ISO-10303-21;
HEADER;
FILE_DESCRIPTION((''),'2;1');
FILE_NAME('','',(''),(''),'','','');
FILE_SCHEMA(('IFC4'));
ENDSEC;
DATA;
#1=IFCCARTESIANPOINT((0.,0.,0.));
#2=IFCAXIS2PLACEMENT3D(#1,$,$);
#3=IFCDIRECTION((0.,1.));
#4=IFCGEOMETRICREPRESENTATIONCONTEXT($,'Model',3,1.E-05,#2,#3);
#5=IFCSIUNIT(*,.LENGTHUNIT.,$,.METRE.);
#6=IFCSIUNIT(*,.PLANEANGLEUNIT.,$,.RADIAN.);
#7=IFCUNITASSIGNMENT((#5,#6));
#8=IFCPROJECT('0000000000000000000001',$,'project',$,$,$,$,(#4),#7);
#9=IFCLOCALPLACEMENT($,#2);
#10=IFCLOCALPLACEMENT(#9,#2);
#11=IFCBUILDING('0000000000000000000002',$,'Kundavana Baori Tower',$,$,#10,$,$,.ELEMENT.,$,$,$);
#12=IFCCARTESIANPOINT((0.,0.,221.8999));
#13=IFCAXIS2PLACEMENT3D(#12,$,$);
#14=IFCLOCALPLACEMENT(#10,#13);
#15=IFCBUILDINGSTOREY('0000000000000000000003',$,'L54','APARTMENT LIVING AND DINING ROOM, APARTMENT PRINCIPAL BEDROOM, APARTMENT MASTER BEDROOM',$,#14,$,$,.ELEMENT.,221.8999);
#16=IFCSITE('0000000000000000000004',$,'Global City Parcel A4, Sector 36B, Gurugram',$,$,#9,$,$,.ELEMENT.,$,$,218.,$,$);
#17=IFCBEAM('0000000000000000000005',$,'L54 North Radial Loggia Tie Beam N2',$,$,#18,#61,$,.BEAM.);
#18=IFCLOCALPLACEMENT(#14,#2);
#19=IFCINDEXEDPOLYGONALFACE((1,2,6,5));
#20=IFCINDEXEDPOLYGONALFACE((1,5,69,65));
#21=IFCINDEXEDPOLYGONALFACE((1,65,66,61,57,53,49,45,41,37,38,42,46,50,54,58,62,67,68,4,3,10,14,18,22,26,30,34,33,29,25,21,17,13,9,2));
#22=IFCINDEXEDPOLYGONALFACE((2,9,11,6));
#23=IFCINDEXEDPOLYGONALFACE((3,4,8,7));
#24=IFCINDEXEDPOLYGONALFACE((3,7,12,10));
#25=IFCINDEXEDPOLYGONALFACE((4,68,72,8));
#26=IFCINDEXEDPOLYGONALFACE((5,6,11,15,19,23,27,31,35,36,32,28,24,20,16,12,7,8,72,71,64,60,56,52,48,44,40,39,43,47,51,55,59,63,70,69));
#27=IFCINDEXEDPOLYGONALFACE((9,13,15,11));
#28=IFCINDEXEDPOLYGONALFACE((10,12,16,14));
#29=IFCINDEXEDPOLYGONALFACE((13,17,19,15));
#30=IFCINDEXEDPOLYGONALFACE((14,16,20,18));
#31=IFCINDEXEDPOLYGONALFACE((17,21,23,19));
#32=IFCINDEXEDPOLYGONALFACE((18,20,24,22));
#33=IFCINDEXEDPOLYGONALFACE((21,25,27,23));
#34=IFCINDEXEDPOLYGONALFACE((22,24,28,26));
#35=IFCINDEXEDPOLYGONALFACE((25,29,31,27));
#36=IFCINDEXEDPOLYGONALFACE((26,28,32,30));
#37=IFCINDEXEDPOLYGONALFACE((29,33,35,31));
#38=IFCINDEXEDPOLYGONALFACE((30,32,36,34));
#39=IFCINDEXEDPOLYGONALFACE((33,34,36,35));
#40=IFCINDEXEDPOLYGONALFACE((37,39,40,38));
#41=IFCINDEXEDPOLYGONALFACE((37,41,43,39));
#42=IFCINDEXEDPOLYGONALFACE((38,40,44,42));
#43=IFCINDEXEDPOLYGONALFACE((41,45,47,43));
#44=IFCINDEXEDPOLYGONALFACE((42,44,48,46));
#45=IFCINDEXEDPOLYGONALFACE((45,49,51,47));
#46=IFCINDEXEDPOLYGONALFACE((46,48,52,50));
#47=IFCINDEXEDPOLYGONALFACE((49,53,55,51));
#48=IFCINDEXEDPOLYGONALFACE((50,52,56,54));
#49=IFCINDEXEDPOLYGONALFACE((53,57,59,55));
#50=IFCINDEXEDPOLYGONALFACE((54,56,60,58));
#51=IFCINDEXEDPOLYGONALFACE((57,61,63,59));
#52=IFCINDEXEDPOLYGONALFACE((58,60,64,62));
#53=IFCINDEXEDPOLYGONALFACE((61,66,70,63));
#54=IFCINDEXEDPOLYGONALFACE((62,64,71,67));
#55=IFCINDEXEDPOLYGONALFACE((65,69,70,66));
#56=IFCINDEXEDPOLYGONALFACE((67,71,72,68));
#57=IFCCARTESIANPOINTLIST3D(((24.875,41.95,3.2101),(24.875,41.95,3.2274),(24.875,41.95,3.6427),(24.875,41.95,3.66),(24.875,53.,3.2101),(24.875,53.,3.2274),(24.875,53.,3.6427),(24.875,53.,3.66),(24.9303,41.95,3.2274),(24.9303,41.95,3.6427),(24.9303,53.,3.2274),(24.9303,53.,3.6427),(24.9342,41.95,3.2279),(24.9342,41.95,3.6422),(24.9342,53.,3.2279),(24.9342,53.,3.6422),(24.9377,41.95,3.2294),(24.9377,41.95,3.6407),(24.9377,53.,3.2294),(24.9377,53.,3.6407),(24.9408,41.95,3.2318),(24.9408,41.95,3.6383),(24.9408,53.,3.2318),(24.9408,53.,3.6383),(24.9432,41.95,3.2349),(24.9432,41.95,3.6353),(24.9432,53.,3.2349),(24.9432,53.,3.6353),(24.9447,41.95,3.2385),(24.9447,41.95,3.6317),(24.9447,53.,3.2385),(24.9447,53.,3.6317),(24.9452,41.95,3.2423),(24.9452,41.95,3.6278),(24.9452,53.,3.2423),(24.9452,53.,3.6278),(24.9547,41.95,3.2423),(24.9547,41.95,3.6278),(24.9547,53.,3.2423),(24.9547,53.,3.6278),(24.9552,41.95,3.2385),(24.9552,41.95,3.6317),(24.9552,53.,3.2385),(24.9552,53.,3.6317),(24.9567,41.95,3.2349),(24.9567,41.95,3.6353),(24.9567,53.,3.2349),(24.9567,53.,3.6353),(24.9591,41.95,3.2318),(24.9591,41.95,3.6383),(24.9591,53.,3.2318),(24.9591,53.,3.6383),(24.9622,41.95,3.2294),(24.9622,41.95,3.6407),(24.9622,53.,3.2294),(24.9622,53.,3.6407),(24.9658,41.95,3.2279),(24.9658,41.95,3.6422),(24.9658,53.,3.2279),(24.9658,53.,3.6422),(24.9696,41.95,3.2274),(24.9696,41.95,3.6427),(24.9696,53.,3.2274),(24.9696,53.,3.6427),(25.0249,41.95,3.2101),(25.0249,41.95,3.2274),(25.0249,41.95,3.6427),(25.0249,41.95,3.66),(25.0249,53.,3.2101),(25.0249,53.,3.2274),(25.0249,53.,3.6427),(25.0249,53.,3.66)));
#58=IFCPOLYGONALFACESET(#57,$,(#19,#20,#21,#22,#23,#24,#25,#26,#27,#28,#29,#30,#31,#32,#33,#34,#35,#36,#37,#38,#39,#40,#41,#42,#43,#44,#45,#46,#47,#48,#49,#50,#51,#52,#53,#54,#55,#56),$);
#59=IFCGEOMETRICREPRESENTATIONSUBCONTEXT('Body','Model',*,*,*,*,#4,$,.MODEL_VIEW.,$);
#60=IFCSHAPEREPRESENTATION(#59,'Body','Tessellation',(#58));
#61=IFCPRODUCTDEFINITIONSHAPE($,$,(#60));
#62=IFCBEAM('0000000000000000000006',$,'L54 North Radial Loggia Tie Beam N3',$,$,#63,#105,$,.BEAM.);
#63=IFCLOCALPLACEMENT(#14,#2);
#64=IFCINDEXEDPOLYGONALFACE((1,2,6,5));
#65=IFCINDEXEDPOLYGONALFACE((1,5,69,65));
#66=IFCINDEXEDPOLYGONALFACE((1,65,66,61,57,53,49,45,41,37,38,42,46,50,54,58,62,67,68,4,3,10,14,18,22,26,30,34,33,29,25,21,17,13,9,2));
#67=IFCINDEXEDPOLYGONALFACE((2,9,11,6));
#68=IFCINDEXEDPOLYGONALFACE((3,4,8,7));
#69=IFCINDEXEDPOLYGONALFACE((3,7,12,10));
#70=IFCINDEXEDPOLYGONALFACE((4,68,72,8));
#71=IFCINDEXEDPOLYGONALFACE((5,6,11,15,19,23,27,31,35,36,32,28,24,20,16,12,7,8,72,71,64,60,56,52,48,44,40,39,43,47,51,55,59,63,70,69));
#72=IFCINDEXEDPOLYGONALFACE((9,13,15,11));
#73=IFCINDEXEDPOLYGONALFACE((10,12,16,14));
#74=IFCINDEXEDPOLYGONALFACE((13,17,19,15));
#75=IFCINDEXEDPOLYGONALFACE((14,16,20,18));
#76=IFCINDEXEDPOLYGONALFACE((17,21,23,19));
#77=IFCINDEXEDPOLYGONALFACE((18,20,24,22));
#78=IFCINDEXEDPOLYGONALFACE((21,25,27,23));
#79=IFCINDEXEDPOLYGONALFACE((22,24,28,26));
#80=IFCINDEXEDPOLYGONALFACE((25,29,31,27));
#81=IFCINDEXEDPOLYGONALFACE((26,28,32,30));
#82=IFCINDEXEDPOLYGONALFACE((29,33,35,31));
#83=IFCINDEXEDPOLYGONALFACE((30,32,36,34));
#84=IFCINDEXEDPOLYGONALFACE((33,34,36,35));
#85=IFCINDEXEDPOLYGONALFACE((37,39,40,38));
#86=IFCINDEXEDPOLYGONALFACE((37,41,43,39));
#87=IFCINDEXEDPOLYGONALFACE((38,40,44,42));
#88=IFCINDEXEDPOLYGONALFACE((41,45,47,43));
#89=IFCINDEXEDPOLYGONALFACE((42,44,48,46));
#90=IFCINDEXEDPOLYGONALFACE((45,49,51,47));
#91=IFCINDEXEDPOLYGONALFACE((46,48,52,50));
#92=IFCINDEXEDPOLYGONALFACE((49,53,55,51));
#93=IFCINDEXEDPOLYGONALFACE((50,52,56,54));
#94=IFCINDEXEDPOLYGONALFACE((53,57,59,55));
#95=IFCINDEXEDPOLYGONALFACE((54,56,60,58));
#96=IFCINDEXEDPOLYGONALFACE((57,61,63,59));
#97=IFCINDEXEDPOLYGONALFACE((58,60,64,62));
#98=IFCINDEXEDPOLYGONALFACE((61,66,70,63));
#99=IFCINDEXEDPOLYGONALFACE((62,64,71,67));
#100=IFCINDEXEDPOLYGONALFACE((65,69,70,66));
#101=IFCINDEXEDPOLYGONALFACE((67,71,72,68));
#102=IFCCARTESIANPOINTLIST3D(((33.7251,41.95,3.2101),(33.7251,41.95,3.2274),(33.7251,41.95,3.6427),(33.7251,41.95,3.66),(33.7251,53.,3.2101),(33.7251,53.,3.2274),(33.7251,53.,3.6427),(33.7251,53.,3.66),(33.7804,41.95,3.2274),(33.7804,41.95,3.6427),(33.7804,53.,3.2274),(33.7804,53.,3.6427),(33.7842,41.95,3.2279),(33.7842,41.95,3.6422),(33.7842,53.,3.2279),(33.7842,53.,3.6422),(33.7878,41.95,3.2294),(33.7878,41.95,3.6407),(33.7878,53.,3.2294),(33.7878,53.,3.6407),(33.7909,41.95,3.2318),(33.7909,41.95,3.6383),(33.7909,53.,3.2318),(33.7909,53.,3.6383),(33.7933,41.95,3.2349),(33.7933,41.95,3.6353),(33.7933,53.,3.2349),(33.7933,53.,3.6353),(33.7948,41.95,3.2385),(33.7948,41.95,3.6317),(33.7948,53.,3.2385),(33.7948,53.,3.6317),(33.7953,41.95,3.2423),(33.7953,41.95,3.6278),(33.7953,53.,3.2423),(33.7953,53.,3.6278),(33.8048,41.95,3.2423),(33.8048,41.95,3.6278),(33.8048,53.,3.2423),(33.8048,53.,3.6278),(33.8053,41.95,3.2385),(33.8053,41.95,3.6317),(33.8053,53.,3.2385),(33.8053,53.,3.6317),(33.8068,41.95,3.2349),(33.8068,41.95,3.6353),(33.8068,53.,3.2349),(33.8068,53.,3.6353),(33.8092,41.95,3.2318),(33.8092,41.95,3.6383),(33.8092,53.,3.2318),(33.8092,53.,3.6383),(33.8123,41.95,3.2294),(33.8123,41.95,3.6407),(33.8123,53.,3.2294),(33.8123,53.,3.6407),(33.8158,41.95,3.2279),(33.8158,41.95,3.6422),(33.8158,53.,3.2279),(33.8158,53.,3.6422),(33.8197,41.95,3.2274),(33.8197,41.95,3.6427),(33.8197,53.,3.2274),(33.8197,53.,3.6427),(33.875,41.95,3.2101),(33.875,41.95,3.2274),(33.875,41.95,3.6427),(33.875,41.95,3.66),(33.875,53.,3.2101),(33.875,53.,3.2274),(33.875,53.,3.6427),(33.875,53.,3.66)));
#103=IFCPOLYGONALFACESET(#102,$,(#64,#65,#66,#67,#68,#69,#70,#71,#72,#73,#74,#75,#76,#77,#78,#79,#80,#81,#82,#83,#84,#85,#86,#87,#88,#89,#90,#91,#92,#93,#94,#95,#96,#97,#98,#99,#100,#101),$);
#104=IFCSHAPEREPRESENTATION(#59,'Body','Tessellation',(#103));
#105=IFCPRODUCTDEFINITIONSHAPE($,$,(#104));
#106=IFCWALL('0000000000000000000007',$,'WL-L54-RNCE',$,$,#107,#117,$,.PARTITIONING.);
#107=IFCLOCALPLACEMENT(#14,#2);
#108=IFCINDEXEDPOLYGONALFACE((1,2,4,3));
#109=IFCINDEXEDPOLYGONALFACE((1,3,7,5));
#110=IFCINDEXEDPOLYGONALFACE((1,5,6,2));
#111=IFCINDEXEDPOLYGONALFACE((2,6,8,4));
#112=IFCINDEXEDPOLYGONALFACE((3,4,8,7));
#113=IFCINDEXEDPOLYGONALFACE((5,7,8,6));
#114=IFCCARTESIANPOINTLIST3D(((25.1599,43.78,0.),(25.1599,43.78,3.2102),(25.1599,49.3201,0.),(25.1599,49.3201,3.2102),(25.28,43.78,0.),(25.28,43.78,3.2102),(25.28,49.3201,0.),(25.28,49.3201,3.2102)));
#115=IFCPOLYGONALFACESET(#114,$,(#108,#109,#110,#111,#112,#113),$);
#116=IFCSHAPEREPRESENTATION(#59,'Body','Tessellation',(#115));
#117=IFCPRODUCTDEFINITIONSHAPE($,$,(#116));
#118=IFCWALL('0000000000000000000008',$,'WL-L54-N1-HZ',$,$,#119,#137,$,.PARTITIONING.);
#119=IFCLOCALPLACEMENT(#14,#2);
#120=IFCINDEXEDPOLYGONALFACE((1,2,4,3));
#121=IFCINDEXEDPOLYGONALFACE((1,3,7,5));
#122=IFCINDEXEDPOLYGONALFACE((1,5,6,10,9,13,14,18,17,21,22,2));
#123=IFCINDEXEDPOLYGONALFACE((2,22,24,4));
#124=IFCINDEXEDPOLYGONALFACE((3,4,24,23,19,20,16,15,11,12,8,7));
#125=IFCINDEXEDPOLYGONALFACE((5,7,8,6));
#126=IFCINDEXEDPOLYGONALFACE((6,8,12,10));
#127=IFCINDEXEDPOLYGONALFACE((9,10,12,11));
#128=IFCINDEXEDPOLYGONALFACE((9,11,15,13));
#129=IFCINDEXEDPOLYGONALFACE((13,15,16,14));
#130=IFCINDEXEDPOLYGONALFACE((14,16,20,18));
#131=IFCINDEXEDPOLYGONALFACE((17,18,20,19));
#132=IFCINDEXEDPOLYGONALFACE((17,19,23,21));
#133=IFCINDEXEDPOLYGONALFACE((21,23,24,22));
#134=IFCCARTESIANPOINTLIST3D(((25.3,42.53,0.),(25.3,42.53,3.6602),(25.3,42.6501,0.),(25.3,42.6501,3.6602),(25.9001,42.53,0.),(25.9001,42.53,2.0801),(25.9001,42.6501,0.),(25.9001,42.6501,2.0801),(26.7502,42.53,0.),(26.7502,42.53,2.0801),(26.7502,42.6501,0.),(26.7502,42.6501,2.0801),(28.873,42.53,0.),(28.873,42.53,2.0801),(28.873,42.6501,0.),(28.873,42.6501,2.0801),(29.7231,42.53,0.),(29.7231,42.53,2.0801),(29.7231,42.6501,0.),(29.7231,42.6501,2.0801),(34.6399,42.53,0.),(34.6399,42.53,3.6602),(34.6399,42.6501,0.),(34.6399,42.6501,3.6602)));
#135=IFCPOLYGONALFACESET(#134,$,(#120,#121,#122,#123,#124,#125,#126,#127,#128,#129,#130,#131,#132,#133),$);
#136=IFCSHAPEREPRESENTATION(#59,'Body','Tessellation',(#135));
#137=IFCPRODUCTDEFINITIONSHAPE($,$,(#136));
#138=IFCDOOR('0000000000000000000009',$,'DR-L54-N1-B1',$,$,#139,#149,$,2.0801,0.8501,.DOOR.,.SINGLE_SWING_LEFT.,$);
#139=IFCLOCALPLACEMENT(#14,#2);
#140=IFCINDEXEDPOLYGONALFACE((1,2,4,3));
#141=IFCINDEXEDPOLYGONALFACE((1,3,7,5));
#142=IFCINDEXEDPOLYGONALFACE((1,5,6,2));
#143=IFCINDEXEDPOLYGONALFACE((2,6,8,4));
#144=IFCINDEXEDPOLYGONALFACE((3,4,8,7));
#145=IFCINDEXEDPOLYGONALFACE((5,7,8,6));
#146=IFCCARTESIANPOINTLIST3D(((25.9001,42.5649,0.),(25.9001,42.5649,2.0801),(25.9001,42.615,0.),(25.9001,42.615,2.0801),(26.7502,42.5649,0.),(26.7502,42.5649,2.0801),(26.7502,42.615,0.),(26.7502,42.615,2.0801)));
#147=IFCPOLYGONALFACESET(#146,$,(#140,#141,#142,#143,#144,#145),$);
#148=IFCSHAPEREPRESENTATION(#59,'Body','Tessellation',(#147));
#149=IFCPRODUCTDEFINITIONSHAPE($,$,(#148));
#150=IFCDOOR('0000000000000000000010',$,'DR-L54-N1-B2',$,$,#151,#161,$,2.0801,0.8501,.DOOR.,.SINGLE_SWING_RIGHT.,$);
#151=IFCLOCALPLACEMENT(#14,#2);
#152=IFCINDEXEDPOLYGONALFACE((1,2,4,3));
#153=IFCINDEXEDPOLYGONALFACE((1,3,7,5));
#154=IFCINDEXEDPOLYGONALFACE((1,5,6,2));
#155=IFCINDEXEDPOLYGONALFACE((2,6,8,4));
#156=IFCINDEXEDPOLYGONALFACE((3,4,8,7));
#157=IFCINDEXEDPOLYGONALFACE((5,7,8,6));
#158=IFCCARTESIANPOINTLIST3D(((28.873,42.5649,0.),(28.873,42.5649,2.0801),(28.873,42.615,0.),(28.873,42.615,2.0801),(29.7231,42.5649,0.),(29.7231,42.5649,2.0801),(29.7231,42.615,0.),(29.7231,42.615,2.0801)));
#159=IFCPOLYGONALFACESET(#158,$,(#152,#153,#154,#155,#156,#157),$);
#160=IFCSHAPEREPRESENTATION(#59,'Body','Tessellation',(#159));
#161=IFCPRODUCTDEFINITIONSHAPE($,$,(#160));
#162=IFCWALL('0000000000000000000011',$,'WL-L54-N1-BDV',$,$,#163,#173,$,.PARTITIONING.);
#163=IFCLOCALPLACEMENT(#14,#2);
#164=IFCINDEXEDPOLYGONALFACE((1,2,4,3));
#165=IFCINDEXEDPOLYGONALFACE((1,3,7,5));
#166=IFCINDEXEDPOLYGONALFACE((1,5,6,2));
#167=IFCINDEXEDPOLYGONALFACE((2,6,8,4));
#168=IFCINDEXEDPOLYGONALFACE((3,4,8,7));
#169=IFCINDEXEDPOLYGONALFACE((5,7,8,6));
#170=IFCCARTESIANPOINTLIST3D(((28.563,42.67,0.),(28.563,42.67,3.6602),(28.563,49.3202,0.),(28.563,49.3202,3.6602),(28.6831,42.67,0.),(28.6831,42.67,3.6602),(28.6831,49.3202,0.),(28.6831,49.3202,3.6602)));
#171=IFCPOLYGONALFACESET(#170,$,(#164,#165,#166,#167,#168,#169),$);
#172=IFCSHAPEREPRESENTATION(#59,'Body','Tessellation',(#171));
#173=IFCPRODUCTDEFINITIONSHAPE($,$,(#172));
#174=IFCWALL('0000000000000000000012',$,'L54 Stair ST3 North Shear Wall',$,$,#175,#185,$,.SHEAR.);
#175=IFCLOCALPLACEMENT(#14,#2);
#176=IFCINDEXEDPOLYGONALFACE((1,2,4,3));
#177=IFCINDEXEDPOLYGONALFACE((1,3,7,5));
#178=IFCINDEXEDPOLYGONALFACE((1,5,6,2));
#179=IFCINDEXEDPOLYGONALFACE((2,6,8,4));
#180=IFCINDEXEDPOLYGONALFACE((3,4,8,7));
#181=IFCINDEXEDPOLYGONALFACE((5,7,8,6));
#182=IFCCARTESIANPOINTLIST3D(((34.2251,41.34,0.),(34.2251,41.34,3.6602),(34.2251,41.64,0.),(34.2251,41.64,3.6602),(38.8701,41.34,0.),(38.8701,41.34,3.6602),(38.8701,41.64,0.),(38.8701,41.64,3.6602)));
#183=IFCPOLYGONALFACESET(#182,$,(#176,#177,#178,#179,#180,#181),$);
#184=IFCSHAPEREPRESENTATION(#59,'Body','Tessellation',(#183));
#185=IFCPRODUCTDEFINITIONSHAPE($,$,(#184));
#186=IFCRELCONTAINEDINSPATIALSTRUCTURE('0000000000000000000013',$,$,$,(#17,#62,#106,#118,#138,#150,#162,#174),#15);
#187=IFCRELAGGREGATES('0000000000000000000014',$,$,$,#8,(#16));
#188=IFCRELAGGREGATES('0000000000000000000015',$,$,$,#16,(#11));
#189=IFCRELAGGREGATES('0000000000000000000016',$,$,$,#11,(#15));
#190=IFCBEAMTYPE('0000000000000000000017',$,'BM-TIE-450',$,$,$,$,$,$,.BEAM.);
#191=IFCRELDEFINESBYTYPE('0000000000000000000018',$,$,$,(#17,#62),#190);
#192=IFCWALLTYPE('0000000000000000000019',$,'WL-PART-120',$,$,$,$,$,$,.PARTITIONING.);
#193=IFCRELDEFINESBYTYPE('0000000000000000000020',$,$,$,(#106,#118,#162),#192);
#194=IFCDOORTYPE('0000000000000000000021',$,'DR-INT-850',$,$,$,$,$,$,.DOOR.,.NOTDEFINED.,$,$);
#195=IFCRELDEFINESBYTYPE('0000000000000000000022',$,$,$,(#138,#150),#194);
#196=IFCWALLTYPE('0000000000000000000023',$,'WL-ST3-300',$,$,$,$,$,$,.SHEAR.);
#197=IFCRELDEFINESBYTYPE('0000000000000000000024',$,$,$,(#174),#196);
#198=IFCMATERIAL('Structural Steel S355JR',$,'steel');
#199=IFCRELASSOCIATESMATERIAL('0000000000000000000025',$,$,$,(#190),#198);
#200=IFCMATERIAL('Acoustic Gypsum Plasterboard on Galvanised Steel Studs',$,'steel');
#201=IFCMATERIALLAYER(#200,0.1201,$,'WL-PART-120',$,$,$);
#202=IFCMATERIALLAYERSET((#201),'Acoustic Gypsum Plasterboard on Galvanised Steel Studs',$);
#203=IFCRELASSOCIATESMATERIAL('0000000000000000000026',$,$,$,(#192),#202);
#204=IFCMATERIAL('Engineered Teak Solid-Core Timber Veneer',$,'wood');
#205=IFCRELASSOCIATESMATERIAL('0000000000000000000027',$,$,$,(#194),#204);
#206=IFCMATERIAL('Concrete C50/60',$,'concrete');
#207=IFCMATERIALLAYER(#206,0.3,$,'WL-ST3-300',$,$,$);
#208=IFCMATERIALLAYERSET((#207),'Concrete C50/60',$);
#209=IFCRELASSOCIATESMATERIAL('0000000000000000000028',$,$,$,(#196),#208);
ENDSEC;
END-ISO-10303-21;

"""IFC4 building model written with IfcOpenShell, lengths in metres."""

from ifc_helpers import new_model, si_unit, direction, frame, frame_2d, origin, origin_2d, place, context, subcontext, project, spatial, rectangle, i_section, extrude, material, layer, layer_set, material_profile, profile_set, type_object, element, fill, save


model = new_model("IFC4")

# Units and contexts
model_context = context("Model", 3, precision=1e-05, world=origin(), true_north=direction((0.0, 1.0)))
body_context = subcontext(model_context, "Body", "Model", "MODEL_VIEW")
ifc_project = project(units=[si_unit("LENGTHUNIT", "METRE"), si_unit("PLANEANGLEUNIT", "RADIAN")], contexts=[model_context])

# Site, building, storey
site_placement = place(None, origin())
site = spatial("IfcSite", under=ifc_project, at=site_placement, Name="Global City Parcel A4, Sector 36B, Gurugram", CompositionType="ELEMENT", RefElevation=218.0)
building_placement = place(site_placement, origin())
building = spatial("IfcBuilding", under=site, at=building_placement, Name="Kundavana Baori Tower", CompositionType="ELEMENT")
storey_placement = place(building_placement, frame((0.0, 0.0, 221.8999)))
storey = spatial("IfcBuildingStorey", under=building, at=storey_placement, Name="L54", Description="APARTMENT LIVING AND DINING ROOM, APARTMENT PRINCIPAL BEDROOM, APARTMENT MASTER BEDROOM", CompositionType="ELEMENT", Elevation=221.8999)

# Beams
ifc_material_1 = material(Name="Structural Steel S355JR", Category="steel")
ifc_material_profile_1 = material_profile(ifc_material_1, i_section(OverallWidth=0.1499, OverallDepth=0.45, WebThickness=0.0095, FlangeThickness=0.0173, FilletRadius=0.0149, at=origin_2d()), Name="ISMB 450")
ifc_profile_set_1 = profile_set([ifc_material_profile_1], Name="Structural Steel S355JR")
beam_type_1 = type_object("IfcBeamType", Name="BM-TIE-450", PredefinedType="BEAM", material=ifc_profile_set_1)
for number, where, z_axis, x_axis, name in (
    (1, (24.95, 41.95, 3.4351), (0.0, 1.0, 0.0), (-1.0, 0.0, 0.0), "L54 North Radial Loggia Tie Beam N2"),
    (2, (33.8, 41.95, 3.4351), (0.0, 1.0, 0.0), (-1.0, 0.0, 0.0), "L54 North Radial Loggia Tie Beam N3"),
):
    element("IfcBeam", number, at=place(storey_placement, frame(where, z_axis=z_axis, x_axis=x_axis)), inside=storey, type_object=beam_type_1, Name=name, PredefinedType="BEAM", context=body_context, shape_type="SweptSolid", body=[
        extrude(i_section(OverallWidth=0.1499, OverallDepth=0.45, WebThickness=0.0095, FlangeThickness=0.0173, FilletRadius=0.0149, at=origin_2d()), origin(), (0.0, 0.0, 1.0), 11.05),
    ])

# Wall
ifc_material_2 = material(Name="Acoustic Gypsum Plasterboard on Galvanised Steel Studs", Category="steel")
ifc_layer_1 = layer(ifc_material_2, 0.1201, Name="WL-PART-120")
ifc_layer_set_1 = layer_set([ifc_layer_1], Name="Acoustic Gypsum Plasterboard on Galvanised Steel Studs")
wall_type_1 = type_object("IfcWallType", Name="WL-PART-120", PredefinedType="PARTITIONING", material=ifc_layer_set_1)
wall_1_placement = place(storey_placement, frame((25.22, 43.78, 0.0), z_axis=(0.0, 0.0, 1.0), x_axis=(0.0, 1.0, 0.0)))
element("IfcWall", 3, at=wall_1_placement, inside=storey, type_object=wall_type_1, Name="WL-L54-RNCE", PredefinedType="PARTITIONING", context=body_context, shape_type="SweptSolid", body=[
    extrude(rectangle(XDim=5.54, YDim=0.1201, at=frame_2d((2.77, 0.0))), origin(), (0.0, 0.0, 1.0), 3.2102),
])

# Wall, openings, doors
wall_2_placement = place(storey_placement, frame((25.3, 42.5901, 0.0), z_axis=(0.0, 0.0, 1.0), x_axis=(1.0, 0.0, 0.0)))
wall_2 = element("IfcWall", 4, at=wall_2_placement, inside=storey, type_object=wall_type_1, Name="WL-L54-N1-HZ", PredefinedType="PARTITIONING", context=body_context, shape_type="SweptSolid", body=[
    extrude(rectangle(XDim=9.3398, YDim=0.1201, at=frame_2d((4.6699, 0.0))), origin(), (0.0, 0.0, 1.0), 3.6602),
])
opening_1_placement = place(wall_2_placement, frame((0.6001, 0.0, 0.0)))
opening_1 = element("IfcOpeningElement", 5, at=opening_1_placement, cuts=wall_2, PredefinedType="OPENING", context=body_context, shape_type="SweptSolid", body=[
    extrude(rectangle(XDim=0.8501, YDim=2.0801, at=frame_2d((0.425, 1.04))), frame((0.0, 0.0701, 0.0), z_axis=(0.0, -1.0, 0.0), x_axis=(1.0, 0.0, 0.0)), (0.0, 0.0, 1.0), 0.1401),
])
opening_2_placement = place(wall_2_placement, frame((3.573, 0.0, 0.0)))
opening_2 = element("IfcOpeningElement", 6, at=opening_2_placement, cuts=wall_2, PredefinedType="OPENING", context=body_context, shape_type="SweptSolid", body=[
    extrude(rectangle(XDim=0.8501, YDim=2.0801, at=frame_2d((0.425, 1.04))), frame((0.0, 0.0701, 0.0), z_axis=(0.0, -1.0, 0.0), x_axis=(1.0, 0.0, 0.0)), (0.0, 0.0, 1.0), 0.1401),
])
ifc_material_3 = material(Name="Engineered Teak Solid-Core Timber Veneer", Category="wood")
door_type = type_object("IfcDoorType", Name="DR-INT-850", OperationType="NOTDEFINED", PredefinedType="DOOR", material=ifc_material_3)
door_1_placement = place(opening_1_placement, origin())
door_1 = element("IfcDoor", 7, at=door_1_placement, inside=storey, type_object=door_type, Name="DR-L54-N1-B1", OperationType="SINGLE_SWING_LEFT", OverallHeight=2.0801, OverallWidth=0.8501, PredefinedType="DOOR", context=body_context, shape_type="SweptSolid", body=[
    extrude(rectangle(XDim=0.8501, YDim=2.0801, at=frame_2d((0.425, 1.04))), frame((0.0, 0.0249, 0.0), z_axis=(0.0, -1.0, 0.0), x_axis=(1.0, 0.0, 0.0)), (0.0, 0.0, 1.0), 0.05),
])
fill(opening_1, door_1)
door_2_placement = place(opening_2_placement, origin())
door_2 = element("IfcDoor", 8, at=door_2_placement, inside=storey, type_object=door_type, Name="DR-L54-N1-B2", OperationType="SINGLE_SWING_RIGHT", OverallHeight=2.0801, OverallWidth=0.8501, PredefinedType="DOOR", context=body_context, shape_type="SweptSolid", body=[
    extrude(rectangle(XDim=0.8501, YDim=2.0801, at=frame_2d((0.425, 1.04))), frame((0.0, 0.0249, 0.0), z_axis=(0.0, -1.0, 0.0), x_axis=(1.0, 0.0, 0.0)), (0.0, 0.0, 1.0), 0.05),
])
fill(opening_2, door_2)

# Walls
wall_3_placement = place(storey_placement, frame((28.623, 42.6699, 0.0), z_axis=(0.0, 0.0, 1.0), x_axis=(0.0, 1.0, 0.0)))
element("IfcWall", 9, at=wall_3_placement, inside=storey, type_object=wall_type_1, Name="WL-L54-N1-BDV", PredefinedType="PARTITIONING", context=body_context, shape_type="SweptSolid", body=[
    extrude(rectangle(XDim=6.6501, YDim=0.1201, at=frame_2d((3.3252, 0.0))), origin(), (0.0, 0.0, 1.0), 3.6602),
])
ifc_material_4 = material(Name="Concrete C50/60", Category="concrete")
ifc_layer_2 = layer(ifc_material_4, 0.3, Name="WL-ST3-300")
ifc_layer_set_2 = layer_set([ifc_layer_2], Name="Concrete C50/60")
wall_type_2 = type_object("IfcWallType", Name="WL-ST3-300", PredefinedType="SHEAR", material=ifc_layer_set_2)
wall_4_placement = place(storey_placement, frame((34.2251, 41.49, 0.0), z_axis=(0.0, 0.0, 1.0), x_axis=(1.0, 0.0, 0.0)))
element("IfcWall", 10, at=wall_4_placement, inside=storey, type_object=wall_type_2, Name="L54 Stair ST3 North Shear Wall", PredefinedType="SHEAR", context=body_context, shape_type="SweptSolid", body=[
    extrude(rectangle(XDim=4.645, YDim=0.3, at=frame_2d((2.3225, 0.0))), origin(), (0.0, 0.0, 1.0), 3.6602),
])

save(model, "model.ifc")
